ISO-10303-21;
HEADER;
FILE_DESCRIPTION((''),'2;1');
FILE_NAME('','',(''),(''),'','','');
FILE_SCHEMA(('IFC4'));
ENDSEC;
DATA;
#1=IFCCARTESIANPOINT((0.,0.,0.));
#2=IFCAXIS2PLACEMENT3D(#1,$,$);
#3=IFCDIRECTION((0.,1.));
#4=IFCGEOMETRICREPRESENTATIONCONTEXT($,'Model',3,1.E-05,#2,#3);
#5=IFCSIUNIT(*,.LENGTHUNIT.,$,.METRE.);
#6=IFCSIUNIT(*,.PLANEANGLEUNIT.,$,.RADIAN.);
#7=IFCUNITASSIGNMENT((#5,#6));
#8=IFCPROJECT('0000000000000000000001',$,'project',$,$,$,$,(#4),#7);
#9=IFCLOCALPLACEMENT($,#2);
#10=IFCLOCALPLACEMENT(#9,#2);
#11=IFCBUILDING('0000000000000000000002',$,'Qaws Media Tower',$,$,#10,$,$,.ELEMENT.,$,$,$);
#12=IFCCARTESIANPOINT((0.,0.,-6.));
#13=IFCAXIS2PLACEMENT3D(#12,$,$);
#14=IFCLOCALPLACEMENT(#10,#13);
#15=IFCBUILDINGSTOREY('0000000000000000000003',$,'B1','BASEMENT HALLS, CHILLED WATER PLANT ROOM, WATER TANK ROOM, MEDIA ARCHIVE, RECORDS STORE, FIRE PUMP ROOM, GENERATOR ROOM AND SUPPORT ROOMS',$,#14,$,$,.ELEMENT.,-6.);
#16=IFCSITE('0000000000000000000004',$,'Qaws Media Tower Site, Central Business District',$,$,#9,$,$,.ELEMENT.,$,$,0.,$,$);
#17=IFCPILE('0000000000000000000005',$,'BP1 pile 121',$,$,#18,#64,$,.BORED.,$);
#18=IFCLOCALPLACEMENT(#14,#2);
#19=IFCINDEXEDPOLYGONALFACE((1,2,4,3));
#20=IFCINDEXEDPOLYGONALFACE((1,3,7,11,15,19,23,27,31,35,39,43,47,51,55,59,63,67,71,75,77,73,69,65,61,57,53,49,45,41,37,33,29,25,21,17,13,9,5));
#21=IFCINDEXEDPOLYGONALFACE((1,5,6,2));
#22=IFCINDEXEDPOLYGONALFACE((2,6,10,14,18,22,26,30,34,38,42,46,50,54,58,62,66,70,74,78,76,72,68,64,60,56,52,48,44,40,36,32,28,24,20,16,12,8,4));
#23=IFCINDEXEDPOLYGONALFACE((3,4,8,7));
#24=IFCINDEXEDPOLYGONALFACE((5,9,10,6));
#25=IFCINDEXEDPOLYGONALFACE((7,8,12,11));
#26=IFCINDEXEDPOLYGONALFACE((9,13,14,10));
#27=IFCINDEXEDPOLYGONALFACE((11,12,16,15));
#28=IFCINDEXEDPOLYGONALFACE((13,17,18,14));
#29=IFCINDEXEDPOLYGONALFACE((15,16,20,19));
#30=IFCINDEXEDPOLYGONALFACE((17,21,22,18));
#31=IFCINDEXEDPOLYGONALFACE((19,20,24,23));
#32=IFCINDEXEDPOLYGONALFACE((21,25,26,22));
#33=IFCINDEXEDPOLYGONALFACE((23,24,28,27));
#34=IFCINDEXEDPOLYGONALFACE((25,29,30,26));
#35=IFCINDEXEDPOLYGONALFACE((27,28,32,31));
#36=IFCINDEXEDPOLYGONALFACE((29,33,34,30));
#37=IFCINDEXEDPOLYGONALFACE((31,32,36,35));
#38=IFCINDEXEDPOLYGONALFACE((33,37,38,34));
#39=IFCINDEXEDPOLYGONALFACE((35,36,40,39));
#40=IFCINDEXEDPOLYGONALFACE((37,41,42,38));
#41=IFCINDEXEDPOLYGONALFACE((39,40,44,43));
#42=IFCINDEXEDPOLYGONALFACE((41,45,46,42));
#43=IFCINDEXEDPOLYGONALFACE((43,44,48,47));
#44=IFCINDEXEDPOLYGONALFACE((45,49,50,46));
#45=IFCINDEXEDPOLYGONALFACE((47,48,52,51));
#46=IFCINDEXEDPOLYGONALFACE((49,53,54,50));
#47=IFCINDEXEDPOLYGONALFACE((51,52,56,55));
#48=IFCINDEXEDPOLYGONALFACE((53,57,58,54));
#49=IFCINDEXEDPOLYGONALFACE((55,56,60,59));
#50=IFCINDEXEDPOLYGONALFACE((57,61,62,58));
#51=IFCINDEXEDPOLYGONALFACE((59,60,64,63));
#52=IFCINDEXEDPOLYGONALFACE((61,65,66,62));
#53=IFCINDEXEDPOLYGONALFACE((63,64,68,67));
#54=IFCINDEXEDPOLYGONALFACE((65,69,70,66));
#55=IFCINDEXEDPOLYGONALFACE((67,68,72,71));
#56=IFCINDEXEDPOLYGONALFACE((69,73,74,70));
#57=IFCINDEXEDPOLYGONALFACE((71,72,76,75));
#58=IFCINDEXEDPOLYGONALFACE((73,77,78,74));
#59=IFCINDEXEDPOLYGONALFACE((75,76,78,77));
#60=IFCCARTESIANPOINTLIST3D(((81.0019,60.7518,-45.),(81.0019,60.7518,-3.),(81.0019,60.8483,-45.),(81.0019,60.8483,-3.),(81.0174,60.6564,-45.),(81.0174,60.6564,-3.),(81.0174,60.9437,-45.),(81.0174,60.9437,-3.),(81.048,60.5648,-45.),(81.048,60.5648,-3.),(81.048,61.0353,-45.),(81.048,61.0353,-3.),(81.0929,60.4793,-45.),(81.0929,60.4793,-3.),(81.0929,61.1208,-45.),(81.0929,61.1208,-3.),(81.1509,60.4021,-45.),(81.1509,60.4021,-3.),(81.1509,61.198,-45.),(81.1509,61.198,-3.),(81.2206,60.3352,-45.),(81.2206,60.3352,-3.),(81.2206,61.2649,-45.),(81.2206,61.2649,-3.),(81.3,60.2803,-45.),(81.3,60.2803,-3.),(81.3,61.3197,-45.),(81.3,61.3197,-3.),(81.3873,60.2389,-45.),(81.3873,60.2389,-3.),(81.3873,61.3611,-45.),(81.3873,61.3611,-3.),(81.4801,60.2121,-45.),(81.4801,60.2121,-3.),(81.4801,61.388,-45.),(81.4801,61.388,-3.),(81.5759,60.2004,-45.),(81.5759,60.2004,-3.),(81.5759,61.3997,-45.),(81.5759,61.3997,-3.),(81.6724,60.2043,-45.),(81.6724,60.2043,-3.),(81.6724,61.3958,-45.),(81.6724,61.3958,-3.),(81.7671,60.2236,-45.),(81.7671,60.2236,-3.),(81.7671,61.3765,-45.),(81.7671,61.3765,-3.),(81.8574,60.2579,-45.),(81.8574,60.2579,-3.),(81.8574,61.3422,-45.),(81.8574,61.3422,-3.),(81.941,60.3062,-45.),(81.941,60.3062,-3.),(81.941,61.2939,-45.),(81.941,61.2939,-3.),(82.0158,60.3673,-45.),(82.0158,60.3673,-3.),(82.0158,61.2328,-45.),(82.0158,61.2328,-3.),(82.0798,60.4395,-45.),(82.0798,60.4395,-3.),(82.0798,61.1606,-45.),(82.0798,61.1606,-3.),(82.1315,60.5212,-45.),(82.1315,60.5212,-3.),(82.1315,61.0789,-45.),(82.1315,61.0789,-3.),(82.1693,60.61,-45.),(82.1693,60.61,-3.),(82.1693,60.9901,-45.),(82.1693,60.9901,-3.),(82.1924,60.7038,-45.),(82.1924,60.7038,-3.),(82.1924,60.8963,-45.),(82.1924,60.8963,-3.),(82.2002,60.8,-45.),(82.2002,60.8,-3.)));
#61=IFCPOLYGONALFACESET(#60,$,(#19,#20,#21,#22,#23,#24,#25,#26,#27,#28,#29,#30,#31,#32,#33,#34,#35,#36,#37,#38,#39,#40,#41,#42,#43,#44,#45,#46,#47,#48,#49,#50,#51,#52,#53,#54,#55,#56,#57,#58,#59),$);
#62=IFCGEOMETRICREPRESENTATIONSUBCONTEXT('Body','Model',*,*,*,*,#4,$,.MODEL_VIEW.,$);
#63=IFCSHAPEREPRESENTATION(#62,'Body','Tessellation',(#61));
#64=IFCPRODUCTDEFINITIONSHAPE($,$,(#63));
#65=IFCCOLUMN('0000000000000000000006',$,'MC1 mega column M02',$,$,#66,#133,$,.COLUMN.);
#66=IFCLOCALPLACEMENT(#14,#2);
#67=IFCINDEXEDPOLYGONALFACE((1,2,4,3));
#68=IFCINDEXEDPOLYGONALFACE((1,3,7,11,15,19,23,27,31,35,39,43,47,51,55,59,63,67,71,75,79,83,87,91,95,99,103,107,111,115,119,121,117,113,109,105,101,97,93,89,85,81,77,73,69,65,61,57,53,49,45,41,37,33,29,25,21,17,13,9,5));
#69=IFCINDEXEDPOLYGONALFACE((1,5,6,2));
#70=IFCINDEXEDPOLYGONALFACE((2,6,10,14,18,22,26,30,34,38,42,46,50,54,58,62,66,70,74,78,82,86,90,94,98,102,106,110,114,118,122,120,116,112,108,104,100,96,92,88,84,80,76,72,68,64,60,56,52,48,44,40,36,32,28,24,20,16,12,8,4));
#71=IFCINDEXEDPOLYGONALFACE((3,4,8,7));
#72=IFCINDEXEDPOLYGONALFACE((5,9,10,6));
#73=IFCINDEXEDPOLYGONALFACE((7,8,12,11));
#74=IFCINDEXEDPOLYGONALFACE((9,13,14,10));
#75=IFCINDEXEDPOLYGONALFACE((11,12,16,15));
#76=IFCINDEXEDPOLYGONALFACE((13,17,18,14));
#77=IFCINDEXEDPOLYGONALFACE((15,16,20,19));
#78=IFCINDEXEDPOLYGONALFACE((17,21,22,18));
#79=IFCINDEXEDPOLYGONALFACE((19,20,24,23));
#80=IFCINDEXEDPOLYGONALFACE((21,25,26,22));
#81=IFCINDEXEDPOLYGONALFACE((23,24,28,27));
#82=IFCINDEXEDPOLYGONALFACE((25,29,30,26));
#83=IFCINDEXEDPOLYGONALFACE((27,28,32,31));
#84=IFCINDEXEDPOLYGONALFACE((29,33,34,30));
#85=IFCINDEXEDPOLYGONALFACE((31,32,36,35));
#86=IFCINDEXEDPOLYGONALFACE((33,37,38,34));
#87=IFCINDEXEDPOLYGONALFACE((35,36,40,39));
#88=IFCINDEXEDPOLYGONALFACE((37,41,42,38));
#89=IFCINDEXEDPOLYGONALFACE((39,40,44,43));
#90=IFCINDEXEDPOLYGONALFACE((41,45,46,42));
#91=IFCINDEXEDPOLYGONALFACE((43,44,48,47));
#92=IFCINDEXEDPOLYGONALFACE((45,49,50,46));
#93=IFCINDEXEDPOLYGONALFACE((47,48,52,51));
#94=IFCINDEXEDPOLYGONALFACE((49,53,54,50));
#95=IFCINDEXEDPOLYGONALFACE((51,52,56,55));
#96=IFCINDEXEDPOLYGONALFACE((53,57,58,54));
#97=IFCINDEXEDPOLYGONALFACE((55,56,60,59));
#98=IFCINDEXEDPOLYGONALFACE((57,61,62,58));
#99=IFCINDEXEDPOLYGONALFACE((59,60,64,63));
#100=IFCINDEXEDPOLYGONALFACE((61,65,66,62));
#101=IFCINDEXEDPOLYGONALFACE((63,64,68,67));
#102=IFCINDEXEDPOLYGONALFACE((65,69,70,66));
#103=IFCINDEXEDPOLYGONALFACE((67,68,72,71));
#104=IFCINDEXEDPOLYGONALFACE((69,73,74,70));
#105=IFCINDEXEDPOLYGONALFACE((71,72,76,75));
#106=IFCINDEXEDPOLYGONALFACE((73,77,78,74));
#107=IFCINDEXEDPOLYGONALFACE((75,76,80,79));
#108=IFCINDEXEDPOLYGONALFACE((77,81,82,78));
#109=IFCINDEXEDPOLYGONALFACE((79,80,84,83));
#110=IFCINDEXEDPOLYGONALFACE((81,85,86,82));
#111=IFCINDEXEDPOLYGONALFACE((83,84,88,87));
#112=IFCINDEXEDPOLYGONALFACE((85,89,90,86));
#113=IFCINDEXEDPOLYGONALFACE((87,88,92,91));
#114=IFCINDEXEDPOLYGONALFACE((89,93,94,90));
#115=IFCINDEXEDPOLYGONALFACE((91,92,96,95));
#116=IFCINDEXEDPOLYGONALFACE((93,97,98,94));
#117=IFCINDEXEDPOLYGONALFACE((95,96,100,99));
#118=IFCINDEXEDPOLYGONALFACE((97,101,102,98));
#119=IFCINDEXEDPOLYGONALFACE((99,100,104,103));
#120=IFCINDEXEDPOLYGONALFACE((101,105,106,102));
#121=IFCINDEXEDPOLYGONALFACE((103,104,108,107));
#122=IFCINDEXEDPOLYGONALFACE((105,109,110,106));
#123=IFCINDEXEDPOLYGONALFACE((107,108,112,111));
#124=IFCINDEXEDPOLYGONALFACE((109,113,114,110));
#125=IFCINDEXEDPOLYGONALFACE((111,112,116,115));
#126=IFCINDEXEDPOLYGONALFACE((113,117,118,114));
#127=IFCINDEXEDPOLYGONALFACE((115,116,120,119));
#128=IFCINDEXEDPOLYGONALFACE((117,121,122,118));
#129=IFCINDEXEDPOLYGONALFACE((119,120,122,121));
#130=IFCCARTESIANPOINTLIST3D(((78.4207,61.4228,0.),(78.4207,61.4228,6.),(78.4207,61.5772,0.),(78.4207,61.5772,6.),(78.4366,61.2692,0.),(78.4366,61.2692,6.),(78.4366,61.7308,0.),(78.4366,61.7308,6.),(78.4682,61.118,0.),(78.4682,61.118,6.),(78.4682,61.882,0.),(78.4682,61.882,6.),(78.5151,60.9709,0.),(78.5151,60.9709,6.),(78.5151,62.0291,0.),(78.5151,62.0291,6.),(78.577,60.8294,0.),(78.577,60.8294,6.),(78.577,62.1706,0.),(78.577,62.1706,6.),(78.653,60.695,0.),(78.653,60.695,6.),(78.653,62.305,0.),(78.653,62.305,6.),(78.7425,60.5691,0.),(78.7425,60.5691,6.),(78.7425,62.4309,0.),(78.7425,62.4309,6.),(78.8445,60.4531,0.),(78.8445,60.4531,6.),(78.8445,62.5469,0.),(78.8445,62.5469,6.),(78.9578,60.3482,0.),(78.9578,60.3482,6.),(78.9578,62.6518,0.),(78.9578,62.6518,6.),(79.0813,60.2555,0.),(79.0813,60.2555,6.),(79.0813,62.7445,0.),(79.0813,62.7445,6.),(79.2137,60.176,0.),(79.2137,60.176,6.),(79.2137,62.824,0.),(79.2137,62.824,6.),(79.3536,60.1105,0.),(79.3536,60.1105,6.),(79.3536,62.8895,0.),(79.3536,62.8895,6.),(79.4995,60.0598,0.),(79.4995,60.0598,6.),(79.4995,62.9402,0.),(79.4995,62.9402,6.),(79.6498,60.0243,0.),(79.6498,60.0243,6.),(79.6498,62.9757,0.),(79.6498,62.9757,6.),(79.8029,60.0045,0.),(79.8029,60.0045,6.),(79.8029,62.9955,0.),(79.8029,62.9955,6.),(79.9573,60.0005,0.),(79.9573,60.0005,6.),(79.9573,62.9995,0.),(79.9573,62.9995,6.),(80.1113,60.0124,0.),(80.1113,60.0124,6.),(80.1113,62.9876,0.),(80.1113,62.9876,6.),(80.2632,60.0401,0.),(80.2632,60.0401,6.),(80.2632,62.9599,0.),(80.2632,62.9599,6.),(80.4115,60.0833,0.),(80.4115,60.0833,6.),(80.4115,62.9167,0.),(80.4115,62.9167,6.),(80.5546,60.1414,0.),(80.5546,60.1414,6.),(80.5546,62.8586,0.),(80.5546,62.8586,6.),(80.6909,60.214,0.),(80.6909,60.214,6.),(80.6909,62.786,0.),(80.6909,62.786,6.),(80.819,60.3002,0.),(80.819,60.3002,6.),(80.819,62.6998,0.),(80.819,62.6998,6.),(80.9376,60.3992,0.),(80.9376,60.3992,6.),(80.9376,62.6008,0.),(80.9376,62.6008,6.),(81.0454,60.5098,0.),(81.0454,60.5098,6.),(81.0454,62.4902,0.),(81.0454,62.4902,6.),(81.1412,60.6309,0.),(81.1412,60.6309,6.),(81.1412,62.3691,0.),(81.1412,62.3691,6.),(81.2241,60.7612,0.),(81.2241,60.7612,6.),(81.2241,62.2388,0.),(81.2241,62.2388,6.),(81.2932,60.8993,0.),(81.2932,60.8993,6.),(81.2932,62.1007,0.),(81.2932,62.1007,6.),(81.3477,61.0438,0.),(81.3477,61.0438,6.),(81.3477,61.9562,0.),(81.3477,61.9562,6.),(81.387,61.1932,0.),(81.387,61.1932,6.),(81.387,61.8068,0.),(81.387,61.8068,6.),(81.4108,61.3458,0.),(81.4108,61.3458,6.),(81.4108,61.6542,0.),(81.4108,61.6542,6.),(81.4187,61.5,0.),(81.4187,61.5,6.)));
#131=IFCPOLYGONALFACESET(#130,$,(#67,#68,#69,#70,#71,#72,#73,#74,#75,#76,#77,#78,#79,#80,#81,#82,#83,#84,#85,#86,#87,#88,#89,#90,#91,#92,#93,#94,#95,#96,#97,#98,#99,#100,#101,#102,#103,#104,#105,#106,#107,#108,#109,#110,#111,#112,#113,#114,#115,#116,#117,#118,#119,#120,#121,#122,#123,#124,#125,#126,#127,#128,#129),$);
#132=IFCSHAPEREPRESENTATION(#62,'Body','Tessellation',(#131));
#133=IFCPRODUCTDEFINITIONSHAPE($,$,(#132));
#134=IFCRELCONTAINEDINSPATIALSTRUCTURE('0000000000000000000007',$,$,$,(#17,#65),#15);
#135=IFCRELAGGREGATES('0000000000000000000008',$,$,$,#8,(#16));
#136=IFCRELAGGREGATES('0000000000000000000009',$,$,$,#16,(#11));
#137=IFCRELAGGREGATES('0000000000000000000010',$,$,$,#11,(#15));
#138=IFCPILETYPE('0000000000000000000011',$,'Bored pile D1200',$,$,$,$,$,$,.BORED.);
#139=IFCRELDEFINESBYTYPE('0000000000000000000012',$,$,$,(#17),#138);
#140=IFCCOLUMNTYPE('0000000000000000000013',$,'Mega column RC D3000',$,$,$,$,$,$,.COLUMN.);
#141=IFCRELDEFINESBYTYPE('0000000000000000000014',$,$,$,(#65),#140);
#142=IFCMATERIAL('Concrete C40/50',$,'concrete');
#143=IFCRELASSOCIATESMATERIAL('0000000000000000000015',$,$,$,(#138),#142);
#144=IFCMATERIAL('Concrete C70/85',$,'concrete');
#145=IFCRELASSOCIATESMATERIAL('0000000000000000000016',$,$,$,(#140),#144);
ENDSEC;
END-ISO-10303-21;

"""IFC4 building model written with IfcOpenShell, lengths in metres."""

from ifc_helpers import new_model, si_unit, direction, frame, origin, origin_2d, place, context, subcontext, project, spatial, circle, extrude, material, material_profile, profile_set, type_object, element, save


model = new_model("IFC4")

# Units and contexts
model_context = context("Model", 3, precision=1e-05, world=origin(), true_north=direction((0.0, 1.0)))
body_context = subcontext(model_context, "Body", "Model", "MODEL_VIEW")
ifc_project = project(units=[si_unit("LENGTHUNIT", "METRE"), si_unit("PLANEANGLEUNIT", "RADIAN")], contexts=[model_context])

# Site, building, storey
site_placement = place(None, origin())
site = spatial("IfcSite", under=ifc_project, at=site_placement, Name="Qaws Media Tower Site, Central Business District", CompositionType="ELEMENT", RefElevation=0.0)
building_placement = place(site_placement, origin())
building = spatial("IfcBuilding", under=site, at=building_placement, Name="Qaws Media Tower", CompositionType="ELEMENT")
storey_placement = place(building_placement, frame((0.0, 0.0, -6.0)))
storey = spatial("IfcBuildingStorey", under=building, at=storey_placement, Name="B1", Description="BASEMENT HALLS, CHILLED WATER PLANT ROOM, WATER TANK ROOM, MEDIA ARCHIVE, RECORDS STORE, FIRE PUMP ROOM, GENERATOR ROOM AND SUPPORT ROOMS", CompositionType="ELEMENT", Elevation=-6.0)

# Pile
ifc_material_1 = material(Name="Concrete C40/50", Category="concrete")
ifc_material_profile_1 = material_profile(ifc_material_1, circle(Radius=0.6001, at=origin_2d()), Name="D1200")
ifc_profile_set_1 = profile_set([ifc_material_profile_1], Name="Concrete C40/50")
pile_type = type_object("IfcPileType", Name="Bored pile D1200", PredefinedType="BORED", material=ifc_profile_set_1)
for number, where, z_axis, x_axis, name in (
    (1, (81.6001, 60.8, -3.0), (0.0, 0.0, -1.0), (1.0, 0.0, 0.0), "BP1 pile 121"),
):
    element("IfcPile", number, at=place(storey_placement, frame(where, z_axis=z_axis, x_axis=x_axis)), inside=storey, type_object=pile_type, Name=name, PredefinedType="BORED", context=body_context, shape_type="SweptSolid", body=[
        extrude(circle(Radius=0.6001, at=origin_2d()), origin(), (0.0, 0.0, 1.0), 42.0),
    ])

# Column
ifc_material_2 = material(Name="Concrete C70/85", Category="concrete")
ifc_material_profile_2 = material_profile(ifc_material_2, circle(Radius=1.5, at=origin_2d()), Name="RC D3000")
ifc_profile_set_2 = profile_set([ifc_material_profile_2], Name="Concrete C70/85")
column_type_1 = type_object("IfcColumnType", Name="Mega column RC D3000", PredefinedType="COLUMN", material=ifc_profile_set_2)
column_1_placement = place(storey_placement, frame((79.9187, 61.5, 0.0), z_axis=(0.0, 0.0, 1.0), x_axis=(1.0, 0.0, 0.0)))
element("IfcColumn", 2, at=column_1_placement, inside=storey, type_object=column_type_1, Name="MC1 mega column M02", PredefinedType="COLUMN", context=body_context, shape_type="SweptSolid", body=[
    extrude(circle(Radius=1.5, at=origin_2d()), origin(), (0.0, 0.0, 1.0), 6.0),
])

save(model, "model.ifc")
